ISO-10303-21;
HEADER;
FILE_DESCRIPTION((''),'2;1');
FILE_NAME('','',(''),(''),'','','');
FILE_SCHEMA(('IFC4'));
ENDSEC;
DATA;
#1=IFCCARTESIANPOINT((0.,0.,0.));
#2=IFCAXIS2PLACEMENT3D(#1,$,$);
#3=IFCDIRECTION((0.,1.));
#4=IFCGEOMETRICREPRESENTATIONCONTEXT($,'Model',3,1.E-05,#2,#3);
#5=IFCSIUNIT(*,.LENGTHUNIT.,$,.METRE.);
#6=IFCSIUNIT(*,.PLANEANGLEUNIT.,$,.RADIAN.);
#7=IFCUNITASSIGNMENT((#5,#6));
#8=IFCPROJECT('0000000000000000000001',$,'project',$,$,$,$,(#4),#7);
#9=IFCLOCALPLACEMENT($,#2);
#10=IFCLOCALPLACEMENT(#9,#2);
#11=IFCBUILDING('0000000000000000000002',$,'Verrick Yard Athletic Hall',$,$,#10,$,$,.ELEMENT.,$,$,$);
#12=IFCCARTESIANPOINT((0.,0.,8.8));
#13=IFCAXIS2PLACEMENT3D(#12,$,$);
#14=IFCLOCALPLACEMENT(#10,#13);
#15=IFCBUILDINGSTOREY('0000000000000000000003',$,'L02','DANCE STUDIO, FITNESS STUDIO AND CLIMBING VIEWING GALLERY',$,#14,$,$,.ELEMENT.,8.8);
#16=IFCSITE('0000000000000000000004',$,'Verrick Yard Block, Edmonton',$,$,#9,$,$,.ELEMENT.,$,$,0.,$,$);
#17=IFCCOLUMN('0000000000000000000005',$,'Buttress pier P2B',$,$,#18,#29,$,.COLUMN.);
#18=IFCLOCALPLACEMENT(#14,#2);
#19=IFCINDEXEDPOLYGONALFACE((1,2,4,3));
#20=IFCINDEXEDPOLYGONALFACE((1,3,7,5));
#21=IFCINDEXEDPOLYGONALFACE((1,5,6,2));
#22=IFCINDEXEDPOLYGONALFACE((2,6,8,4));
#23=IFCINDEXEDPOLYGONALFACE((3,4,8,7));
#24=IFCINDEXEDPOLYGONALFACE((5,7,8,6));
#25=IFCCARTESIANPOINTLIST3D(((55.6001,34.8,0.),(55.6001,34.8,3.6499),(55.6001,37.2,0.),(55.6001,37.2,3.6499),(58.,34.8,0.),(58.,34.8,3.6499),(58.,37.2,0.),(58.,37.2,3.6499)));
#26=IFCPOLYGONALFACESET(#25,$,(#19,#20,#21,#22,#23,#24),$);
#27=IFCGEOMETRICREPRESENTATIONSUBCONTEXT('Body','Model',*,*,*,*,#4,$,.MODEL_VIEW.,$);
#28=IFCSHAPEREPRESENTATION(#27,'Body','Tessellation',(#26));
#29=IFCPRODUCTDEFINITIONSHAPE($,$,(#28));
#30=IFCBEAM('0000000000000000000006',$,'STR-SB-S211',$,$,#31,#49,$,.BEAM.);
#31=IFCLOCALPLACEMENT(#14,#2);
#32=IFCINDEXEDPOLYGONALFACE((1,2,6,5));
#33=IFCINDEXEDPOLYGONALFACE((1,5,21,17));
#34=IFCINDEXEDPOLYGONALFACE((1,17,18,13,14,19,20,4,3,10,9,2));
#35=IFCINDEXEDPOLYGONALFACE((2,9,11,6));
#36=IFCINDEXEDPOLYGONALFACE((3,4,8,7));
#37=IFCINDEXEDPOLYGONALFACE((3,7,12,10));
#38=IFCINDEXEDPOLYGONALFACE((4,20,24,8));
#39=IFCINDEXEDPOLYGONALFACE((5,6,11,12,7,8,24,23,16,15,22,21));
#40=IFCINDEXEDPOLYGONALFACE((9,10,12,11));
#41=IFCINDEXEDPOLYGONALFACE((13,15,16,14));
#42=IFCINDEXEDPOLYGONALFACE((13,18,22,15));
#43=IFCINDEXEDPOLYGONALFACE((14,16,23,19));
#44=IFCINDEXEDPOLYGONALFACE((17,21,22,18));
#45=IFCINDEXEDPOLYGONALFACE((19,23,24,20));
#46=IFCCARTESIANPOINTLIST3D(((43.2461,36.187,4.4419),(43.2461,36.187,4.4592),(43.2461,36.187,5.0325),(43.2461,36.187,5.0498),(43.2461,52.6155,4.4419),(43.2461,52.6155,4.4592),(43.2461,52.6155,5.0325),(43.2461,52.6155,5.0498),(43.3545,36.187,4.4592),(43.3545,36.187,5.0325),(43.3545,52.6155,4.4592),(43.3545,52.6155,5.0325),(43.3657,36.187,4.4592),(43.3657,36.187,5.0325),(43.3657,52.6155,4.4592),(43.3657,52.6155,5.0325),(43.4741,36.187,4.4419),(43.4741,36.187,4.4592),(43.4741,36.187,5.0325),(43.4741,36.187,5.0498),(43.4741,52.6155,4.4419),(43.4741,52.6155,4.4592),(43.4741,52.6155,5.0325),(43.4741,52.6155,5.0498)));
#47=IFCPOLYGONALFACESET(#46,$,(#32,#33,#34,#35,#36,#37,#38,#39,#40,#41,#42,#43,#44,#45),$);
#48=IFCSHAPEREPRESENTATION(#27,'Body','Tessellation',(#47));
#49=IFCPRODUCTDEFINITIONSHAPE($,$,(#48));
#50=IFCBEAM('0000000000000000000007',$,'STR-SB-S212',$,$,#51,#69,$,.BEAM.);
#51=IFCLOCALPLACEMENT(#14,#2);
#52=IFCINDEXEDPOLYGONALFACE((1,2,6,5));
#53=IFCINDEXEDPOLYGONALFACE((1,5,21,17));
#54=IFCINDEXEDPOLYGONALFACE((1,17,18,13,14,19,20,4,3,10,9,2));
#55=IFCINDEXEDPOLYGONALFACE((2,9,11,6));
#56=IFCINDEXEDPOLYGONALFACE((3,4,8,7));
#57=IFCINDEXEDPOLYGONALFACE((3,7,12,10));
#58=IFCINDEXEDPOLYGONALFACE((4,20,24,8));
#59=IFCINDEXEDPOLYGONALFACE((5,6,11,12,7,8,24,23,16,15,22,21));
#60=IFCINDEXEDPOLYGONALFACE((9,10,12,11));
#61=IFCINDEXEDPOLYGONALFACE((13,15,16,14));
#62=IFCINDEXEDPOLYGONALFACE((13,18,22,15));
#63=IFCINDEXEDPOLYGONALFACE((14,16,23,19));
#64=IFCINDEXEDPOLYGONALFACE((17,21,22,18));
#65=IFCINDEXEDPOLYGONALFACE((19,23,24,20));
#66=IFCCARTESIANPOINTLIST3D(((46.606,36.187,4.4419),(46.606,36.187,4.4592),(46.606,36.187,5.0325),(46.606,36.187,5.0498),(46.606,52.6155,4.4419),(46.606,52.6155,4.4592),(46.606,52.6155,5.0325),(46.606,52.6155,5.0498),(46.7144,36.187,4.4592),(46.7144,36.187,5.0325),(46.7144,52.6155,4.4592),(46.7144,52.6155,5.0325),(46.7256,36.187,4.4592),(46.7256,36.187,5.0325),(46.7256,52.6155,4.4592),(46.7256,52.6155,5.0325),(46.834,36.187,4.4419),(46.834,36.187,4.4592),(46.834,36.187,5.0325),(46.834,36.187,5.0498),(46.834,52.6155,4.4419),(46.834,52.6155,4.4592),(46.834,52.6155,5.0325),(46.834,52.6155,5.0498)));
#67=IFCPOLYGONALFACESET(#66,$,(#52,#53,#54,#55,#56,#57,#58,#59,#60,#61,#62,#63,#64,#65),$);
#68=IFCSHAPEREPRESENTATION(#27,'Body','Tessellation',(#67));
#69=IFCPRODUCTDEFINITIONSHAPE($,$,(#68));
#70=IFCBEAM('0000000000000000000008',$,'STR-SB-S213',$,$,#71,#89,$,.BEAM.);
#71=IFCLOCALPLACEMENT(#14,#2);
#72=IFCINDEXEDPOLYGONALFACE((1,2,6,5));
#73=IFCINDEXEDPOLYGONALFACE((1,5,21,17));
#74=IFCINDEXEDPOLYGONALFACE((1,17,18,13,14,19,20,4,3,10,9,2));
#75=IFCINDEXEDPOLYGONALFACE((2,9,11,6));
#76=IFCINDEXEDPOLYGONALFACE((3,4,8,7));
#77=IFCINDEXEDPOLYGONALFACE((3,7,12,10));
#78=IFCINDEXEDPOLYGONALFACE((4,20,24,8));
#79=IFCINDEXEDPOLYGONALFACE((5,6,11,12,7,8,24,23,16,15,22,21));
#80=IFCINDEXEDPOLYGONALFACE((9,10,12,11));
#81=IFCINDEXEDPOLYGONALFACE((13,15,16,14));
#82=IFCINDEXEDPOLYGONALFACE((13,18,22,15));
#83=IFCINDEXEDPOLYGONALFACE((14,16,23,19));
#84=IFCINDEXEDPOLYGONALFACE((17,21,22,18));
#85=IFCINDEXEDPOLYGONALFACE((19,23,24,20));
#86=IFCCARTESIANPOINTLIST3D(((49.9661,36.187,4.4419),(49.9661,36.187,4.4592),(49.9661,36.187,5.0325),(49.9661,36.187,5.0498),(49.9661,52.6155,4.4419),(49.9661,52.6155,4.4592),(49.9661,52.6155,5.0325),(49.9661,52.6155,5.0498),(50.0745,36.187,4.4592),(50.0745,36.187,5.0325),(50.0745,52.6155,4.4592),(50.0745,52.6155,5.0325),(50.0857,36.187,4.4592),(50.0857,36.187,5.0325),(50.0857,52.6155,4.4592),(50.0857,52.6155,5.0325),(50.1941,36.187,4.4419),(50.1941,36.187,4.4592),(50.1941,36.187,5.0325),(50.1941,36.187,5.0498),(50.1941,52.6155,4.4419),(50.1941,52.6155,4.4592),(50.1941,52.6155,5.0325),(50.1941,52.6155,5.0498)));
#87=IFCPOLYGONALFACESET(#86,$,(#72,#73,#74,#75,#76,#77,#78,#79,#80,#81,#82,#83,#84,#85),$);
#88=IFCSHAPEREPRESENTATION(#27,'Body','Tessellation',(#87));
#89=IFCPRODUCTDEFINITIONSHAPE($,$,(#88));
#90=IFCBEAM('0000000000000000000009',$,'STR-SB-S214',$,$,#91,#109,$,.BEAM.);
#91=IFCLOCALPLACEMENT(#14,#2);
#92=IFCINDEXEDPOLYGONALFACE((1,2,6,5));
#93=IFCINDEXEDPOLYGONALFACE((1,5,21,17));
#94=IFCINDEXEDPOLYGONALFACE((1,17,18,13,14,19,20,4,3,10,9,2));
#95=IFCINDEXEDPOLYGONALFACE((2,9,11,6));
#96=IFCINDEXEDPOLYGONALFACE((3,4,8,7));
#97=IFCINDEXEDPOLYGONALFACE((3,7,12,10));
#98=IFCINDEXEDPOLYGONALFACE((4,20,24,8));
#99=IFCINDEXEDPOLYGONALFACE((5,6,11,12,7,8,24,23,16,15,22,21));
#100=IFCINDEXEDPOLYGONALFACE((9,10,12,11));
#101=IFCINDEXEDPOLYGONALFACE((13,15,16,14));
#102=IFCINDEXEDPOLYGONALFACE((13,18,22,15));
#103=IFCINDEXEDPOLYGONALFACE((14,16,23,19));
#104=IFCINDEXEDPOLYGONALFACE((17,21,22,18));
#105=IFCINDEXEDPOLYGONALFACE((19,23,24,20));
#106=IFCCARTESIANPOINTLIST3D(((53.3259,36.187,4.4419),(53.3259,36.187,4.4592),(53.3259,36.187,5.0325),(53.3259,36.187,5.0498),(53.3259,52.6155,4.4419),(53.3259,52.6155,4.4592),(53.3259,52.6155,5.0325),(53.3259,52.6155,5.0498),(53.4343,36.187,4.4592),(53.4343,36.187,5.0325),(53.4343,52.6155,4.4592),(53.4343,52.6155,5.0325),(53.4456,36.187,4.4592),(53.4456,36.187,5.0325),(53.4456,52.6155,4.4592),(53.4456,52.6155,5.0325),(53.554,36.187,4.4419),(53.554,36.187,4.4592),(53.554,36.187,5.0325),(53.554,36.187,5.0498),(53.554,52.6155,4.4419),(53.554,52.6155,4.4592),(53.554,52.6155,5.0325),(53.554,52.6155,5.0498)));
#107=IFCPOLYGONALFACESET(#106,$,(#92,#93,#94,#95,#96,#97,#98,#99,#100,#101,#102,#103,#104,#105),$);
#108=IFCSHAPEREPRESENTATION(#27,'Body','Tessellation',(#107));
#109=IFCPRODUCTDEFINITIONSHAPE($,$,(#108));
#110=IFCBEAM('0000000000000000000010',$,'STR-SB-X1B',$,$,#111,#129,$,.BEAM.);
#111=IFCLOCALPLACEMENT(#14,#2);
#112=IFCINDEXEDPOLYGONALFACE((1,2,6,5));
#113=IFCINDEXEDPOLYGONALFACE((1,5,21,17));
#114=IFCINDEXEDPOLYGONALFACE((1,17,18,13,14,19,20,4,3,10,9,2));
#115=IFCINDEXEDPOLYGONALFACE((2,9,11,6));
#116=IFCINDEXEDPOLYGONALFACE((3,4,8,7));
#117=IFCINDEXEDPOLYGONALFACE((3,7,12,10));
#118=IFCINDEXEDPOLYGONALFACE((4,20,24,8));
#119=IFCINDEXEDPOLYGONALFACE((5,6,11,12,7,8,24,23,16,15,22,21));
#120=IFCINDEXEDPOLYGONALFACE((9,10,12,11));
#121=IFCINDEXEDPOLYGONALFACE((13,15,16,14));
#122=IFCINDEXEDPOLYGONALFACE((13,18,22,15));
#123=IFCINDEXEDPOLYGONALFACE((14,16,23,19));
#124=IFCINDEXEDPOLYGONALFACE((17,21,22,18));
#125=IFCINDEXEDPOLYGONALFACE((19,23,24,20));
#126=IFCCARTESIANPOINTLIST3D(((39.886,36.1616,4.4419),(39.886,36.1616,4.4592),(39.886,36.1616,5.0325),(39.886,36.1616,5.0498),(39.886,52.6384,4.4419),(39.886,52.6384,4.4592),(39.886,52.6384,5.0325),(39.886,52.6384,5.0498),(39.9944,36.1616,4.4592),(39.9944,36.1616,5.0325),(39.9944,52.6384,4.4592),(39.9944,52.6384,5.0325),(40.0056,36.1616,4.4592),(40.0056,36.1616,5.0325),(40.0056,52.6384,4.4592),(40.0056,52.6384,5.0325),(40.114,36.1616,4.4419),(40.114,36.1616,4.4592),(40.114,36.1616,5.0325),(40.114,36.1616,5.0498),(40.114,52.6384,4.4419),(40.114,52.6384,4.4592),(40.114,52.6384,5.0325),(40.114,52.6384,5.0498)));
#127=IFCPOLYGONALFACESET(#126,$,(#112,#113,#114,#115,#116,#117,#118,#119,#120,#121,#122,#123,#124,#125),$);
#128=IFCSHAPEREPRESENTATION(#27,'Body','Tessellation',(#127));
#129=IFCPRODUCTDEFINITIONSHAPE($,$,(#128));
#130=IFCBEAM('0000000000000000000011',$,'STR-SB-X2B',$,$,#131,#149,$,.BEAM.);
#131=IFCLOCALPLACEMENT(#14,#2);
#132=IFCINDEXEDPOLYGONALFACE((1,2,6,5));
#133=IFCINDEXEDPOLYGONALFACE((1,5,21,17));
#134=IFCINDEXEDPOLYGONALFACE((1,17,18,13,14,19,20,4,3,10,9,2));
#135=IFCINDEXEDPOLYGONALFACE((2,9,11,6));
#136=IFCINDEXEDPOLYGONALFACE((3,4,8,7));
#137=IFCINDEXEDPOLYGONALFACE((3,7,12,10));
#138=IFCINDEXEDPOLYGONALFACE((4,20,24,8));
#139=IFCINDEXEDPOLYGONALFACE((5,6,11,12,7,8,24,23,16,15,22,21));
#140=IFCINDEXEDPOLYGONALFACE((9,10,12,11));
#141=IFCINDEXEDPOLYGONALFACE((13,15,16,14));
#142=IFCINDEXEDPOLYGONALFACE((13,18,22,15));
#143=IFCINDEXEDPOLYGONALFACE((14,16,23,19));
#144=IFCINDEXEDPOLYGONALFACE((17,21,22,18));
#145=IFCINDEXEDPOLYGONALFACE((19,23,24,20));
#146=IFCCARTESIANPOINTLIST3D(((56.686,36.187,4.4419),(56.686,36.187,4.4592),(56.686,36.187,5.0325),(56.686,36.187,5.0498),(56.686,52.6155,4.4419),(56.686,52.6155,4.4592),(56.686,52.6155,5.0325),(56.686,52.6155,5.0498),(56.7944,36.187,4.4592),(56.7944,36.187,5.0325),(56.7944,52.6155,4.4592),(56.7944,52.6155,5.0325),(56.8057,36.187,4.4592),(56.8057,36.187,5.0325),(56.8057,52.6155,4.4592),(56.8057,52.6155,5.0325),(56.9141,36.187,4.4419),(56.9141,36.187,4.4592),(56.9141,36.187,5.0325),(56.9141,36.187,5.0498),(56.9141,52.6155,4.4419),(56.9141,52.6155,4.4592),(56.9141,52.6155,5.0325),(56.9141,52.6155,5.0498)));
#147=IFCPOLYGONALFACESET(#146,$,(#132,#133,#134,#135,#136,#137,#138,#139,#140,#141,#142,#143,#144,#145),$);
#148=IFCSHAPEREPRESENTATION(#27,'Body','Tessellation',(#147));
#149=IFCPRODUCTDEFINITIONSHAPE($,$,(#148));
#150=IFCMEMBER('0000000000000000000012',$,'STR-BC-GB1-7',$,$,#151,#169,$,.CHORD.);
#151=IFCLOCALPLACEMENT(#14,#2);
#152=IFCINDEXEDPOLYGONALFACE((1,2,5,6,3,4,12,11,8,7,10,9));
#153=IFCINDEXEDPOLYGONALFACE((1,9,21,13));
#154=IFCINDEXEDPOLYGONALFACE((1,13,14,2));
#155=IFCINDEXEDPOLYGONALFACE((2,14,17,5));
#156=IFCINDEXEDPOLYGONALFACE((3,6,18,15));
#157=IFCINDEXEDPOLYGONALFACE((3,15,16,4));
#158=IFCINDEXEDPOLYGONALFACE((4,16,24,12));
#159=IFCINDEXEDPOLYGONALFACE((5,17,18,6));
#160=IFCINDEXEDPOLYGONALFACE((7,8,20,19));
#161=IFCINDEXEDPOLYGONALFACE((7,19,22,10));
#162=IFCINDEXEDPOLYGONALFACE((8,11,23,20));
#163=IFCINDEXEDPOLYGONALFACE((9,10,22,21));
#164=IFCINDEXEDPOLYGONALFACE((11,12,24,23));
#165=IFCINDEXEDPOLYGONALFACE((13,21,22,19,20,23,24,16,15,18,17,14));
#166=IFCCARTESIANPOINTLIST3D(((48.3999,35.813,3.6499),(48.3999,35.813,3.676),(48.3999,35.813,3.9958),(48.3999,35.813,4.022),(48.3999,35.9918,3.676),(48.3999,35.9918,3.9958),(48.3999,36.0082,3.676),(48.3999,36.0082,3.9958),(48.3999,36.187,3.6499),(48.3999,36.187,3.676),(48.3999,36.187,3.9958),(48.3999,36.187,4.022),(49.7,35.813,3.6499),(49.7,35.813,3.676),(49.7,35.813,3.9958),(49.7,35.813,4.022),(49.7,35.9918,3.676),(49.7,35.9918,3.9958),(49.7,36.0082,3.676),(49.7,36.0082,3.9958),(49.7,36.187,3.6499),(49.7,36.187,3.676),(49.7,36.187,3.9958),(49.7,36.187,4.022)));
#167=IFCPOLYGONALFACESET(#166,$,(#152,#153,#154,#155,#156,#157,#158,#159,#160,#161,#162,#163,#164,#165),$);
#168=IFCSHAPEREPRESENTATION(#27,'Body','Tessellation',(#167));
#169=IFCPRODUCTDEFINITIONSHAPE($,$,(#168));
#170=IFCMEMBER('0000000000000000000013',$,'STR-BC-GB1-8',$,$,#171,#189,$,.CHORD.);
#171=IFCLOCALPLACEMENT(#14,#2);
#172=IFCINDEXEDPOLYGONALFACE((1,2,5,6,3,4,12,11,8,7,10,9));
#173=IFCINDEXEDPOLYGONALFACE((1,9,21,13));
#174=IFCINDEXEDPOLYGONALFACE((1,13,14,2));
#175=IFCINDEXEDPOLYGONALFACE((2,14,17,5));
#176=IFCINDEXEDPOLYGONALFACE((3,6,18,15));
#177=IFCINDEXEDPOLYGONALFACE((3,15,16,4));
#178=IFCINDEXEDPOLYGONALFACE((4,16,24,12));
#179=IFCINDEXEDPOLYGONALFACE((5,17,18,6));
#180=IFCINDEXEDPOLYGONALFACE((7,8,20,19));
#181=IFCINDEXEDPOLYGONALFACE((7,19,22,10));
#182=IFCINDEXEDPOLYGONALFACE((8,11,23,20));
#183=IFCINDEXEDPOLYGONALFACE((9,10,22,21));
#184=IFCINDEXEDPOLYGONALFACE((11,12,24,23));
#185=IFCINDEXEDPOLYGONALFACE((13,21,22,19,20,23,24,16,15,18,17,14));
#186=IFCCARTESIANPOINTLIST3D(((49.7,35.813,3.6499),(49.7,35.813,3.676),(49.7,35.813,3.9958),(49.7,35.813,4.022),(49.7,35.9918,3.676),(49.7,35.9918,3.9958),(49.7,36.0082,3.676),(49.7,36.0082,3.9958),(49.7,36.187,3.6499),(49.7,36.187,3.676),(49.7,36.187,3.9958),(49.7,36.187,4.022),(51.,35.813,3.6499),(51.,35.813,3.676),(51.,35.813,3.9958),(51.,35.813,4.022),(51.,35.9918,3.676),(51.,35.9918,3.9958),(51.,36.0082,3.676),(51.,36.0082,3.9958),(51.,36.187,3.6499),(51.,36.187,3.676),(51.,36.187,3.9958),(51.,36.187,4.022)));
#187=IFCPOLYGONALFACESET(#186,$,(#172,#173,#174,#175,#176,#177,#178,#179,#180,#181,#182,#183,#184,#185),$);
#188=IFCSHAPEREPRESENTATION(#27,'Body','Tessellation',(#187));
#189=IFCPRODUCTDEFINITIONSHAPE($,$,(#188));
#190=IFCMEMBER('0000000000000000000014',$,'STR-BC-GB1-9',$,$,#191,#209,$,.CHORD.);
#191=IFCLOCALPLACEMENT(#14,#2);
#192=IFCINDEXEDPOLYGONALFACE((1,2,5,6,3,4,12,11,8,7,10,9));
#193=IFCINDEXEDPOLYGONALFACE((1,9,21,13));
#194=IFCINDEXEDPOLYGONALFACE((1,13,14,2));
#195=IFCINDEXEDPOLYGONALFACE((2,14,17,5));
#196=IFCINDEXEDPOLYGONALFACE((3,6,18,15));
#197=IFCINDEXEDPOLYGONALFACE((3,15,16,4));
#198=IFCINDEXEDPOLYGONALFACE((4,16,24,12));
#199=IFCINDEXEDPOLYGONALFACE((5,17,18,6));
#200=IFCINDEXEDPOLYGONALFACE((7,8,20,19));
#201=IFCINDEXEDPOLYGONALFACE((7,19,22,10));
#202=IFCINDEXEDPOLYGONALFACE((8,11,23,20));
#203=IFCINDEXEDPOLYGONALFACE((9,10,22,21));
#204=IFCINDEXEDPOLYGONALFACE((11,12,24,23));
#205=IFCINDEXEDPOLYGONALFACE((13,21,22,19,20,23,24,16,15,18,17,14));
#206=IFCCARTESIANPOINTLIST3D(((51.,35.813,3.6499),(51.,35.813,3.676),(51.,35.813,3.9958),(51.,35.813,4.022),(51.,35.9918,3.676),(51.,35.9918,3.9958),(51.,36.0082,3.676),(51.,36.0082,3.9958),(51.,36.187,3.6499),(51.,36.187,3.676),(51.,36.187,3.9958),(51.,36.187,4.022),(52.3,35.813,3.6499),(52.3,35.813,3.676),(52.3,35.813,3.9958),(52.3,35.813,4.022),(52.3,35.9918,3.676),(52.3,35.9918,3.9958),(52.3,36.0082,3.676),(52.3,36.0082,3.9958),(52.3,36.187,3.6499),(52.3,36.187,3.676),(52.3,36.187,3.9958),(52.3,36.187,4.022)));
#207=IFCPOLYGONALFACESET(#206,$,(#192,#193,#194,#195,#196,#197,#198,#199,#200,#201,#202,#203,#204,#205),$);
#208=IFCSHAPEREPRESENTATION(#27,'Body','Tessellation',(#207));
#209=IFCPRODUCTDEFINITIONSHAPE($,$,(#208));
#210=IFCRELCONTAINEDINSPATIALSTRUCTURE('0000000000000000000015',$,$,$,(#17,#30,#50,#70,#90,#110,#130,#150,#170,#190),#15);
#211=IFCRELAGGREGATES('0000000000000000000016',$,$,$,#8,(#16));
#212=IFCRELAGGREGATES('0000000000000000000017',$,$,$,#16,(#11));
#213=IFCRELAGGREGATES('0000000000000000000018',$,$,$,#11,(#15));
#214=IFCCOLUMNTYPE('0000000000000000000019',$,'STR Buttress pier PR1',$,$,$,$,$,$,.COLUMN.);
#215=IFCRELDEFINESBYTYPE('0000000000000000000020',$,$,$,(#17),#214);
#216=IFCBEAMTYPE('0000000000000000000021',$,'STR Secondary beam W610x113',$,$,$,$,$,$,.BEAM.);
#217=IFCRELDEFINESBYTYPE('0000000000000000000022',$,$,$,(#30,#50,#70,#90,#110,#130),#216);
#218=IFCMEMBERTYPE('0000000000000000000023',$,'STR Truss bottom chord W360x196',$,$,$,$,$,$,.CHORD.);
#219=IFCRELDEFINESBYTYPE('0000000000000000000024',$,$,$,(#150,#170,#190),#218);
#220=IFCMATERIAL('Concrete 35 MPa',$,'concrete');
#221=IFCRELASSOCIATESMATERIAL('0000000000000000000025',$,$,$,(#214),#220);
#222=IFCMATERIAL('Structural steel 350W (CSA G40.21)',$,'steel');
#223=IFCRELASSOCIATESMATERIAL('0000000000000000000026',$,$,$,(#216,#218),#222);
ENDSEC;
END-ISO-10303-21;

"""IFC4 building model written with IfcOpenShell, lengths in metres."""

from ifc_helpers import new_model, si_unit, direction, frame, origin, origin_2d, place, context, subcontext, project, spatial, rectangle, i_section, extrude, material, material_profile, profile_set, type_object, element, save


model = new_model("IFC4")

# Units and contexts
model_context = context("Model", 3, precision=1e-05, world=origin(), true_north=direction((0.0, 1.0)))
body_context = subcontext(model_context, "Body", "Model", "MODEL_VIEW")
ifc_project = project(units=[si_unit("LENGTHUNIT", "METRE"), si_unit("PLANEANGLEUNIT", "RADIAN")], contexts=[model_context])

# Site, building, storey
site_placement = place(None, origin())
site = spatial("IfcSite", under=ifc_project, at=site_placement, Name="Verrick Yard Block, Edmonton", CompositionType="ELEMENT", RefElevation=0.0)
building_placement = place(site_placement, origin())
building = spatial("IfcBuilding", under=site, at=building_placement, Name="Verrick Yard Athletic Hall", CompositionType="ELEMENT")
storey_placement = place(building_placement, frame((0.0, 0.0, 8.8)))
storey = spatial("IfcBuildingStorey", under=building, at=storey_placement, Name="L02", Description="DANCE STUDIO, FITNESS STUDIO AND CLIMBING VIEWING GALLERY", CompositionType="ELEMENT", Elevation=8.8)

# Column
ifc_material_1 = material(Name="Concrete 35 MPa", Category="concrete")
ifc_material_profile_1 = material_profile(ifc_material_1, rectangle(XDim=2.3999, YDim=2.3999, at=origin_2d()), Name="STR Buttress pier PR1")
ifc_profile_set_1 = profile_set([ifc_material_profile_1], Name="Concrete 35 MPa")
column_type = type_object("IfcColumnType", Name="STR Buttress pier PR1", PredefinedType="COLUMN", material=ifc_profile_set_1)
column_placement = place(storey_placement, frame((56.8, 36.0, 0.0), z_axis=(0.0, 0.0, 1.0), x_axis=(1.0, 0.0, 0.0)))
element("IfcColumn", 1, at=column_placement, inside=storey, type_object=column_type, Name="Buttress pier P2B", PredefinedType="COLUMN", context=body_context, shape_type="SweptSolid", body=[
    extrude(rectangle(XDim=2.3999, YDim=2.3999, at=origin_2d()), origin(), (0.0, 0.0, 1.0), 3.6499),
])

# Beams
ifc_material_2 = material(Name="Structural steel 350W (CSA G40.21)", Category="steel")
ifc_material_profile_2 = material_profile(ifc_material_2, i_section(OverallWidth=0.228, OverallDepth=0.6079, WebThickness=0.0112, FlangeThickness=0.0173, at=origin_2d()), Name="W610x113")
ifc_profile_set_2 = profile_set([ifc_material_profile_2], Name="Structural steel 350W (CSA G40.21)")
beam_type = type_object("IfcBeamType", Name="STR Secondary beam W610x113", PredefinedType="BEAM", material=ifc_profile_set_2)
for number, where, z_axis, x_axis, name in (
    (2, (43.3601, 36.187, 4.7458), (0.0, 1.0, 0.0), (-1.0, 0.0, 0.0), "STR-SB-S211"),
    (3, (46.72, 36.187, 4.7458), (0.0, 1.0, 0.0), (-1.0, 0.0, 0.0), "STR-SB-S212"),
    (4, (50.0801, 36.187, 4.7458), (0.0, 1.0, 0.0), (-1.0, 0.0, 0.0), "STR-SB-S213"),
    (5, (53.4399, 36.187, 4.7458), (0.0, 1.0, 0.0), (-1.0, 0.0, 0.0), "STR-SB-S214"),
):
    element("IfcBeam", number, at=place(storey_placement, frame(where, z_axis=z_axis, x_axis=x_axis)), inside=storey, type_object=beam_type, Name=name, PredefinedType="BEAM", context=body_context, shape_type="SweptSolid", body=[
        extrude(i_section(OverallWidth=0.228, OverallDepth=0.6079, WebThickness=0.0112, FlangeThickness=0.0173, at=origin_2d()), origin(), (0.0, 0.0, 1.0), 16.4285),
    ])
beam_1_placement = place(storey_placement, frame((40.0, 36.1616, 4.7458), z_axis=(0.0, 1.0, 0.0), x_axis=(-1.0, 0.0, 0.0)))
element("IfcBeam", 6, at=beam_1_placement, inside=storey, type_object=beam_type, Name="STR-SB-X1B", PredefinedType="BEAM", context=body_context, shape_type="SweptSolid", body=[
    extrude(i_section(OverallWidth=0.228, OverallDepth=0.6079, WebThickness=0.0112, FlangeThickness=0.0173, at=origin_2d()), origin(), (0.0, 0.0, 1.0), 16.4768),
])
beam_2_placement = place(storey_placement, frame((56.8, 36.187, 4.7458), z_axis=(0.0, 1.0, 0.0), x_axis=(-1.0, 0.0, 0.0)))
element("IfcBeam", 7, at=beam_2_placement, inside=storey, type_object=beam_type, Name="STR-SB-X2B", PredefinedType="BEAM", context=body_context, shape_type="SweptSolid", body=[
    extrude(i_section(OverallWidth=0.228, OverallDepth=0.6079, WebThickness=0.0112, FlangeThickness=0.0173, at=origin_2d()), origin(), (0.0, 0.0, 1.0), 16.4285),
])

# Members
ifc_material_profile_3 = material_profile(ifc_material_2, i_section(OverallWidth=0.374, OverallDepth=0.3721, WebThickness=0.0164, FlangeThickness=0.0261, at=origin_2d()), Name="W360x196")
ifc_profile_set_3 = profile_set([ifc_material_profile_3], Name="Structural steel 350W (CSA G40.21)")
member_type_1 = type_object("IfcMemberType", Name="STR Truss bottom chord W360x196", PredefinedType="CHORD", material=ifc_profile_set_3)
for number, where, z_axis, x_axis, name in (
    (8, (48.3999, 36.0, 3.8359), (1.0, 0.0, 0.0), (0.0, 1.0, 0.0), "STR-BC-GB1-7"),
    (9, (49.7, 36.0, 3.8359), (1.0, 0.0, 0.0), (0.0, 1.0, 0.0), "STR-BC-GB1-8"),
    (10, (51.0, 36.0, 3.8359), (1.0, 0.0, 0.0), (0.0, 1.0, 0.0), "STR-BC-GB1-9"),
):
    element("IfcMember", number, at=place(storey_placement, frame(where, z_axis=z_axis, x_axis=x_axis)), inside=storey, type_object=member_type_1, Name=name, PredefinedType="CHORD", context=body_context, shape_type="SweptSolid", body=[
        extrude(i_section(OverallWidth=0.374, OverallDepth=0.3721, WebThickness=0.0164, FlangeThickness=0.0261, at=origin_2d()), origin(), (0.0, 0.0, 1.0), 1.3),
    ])

save(model, "model.ifc")
